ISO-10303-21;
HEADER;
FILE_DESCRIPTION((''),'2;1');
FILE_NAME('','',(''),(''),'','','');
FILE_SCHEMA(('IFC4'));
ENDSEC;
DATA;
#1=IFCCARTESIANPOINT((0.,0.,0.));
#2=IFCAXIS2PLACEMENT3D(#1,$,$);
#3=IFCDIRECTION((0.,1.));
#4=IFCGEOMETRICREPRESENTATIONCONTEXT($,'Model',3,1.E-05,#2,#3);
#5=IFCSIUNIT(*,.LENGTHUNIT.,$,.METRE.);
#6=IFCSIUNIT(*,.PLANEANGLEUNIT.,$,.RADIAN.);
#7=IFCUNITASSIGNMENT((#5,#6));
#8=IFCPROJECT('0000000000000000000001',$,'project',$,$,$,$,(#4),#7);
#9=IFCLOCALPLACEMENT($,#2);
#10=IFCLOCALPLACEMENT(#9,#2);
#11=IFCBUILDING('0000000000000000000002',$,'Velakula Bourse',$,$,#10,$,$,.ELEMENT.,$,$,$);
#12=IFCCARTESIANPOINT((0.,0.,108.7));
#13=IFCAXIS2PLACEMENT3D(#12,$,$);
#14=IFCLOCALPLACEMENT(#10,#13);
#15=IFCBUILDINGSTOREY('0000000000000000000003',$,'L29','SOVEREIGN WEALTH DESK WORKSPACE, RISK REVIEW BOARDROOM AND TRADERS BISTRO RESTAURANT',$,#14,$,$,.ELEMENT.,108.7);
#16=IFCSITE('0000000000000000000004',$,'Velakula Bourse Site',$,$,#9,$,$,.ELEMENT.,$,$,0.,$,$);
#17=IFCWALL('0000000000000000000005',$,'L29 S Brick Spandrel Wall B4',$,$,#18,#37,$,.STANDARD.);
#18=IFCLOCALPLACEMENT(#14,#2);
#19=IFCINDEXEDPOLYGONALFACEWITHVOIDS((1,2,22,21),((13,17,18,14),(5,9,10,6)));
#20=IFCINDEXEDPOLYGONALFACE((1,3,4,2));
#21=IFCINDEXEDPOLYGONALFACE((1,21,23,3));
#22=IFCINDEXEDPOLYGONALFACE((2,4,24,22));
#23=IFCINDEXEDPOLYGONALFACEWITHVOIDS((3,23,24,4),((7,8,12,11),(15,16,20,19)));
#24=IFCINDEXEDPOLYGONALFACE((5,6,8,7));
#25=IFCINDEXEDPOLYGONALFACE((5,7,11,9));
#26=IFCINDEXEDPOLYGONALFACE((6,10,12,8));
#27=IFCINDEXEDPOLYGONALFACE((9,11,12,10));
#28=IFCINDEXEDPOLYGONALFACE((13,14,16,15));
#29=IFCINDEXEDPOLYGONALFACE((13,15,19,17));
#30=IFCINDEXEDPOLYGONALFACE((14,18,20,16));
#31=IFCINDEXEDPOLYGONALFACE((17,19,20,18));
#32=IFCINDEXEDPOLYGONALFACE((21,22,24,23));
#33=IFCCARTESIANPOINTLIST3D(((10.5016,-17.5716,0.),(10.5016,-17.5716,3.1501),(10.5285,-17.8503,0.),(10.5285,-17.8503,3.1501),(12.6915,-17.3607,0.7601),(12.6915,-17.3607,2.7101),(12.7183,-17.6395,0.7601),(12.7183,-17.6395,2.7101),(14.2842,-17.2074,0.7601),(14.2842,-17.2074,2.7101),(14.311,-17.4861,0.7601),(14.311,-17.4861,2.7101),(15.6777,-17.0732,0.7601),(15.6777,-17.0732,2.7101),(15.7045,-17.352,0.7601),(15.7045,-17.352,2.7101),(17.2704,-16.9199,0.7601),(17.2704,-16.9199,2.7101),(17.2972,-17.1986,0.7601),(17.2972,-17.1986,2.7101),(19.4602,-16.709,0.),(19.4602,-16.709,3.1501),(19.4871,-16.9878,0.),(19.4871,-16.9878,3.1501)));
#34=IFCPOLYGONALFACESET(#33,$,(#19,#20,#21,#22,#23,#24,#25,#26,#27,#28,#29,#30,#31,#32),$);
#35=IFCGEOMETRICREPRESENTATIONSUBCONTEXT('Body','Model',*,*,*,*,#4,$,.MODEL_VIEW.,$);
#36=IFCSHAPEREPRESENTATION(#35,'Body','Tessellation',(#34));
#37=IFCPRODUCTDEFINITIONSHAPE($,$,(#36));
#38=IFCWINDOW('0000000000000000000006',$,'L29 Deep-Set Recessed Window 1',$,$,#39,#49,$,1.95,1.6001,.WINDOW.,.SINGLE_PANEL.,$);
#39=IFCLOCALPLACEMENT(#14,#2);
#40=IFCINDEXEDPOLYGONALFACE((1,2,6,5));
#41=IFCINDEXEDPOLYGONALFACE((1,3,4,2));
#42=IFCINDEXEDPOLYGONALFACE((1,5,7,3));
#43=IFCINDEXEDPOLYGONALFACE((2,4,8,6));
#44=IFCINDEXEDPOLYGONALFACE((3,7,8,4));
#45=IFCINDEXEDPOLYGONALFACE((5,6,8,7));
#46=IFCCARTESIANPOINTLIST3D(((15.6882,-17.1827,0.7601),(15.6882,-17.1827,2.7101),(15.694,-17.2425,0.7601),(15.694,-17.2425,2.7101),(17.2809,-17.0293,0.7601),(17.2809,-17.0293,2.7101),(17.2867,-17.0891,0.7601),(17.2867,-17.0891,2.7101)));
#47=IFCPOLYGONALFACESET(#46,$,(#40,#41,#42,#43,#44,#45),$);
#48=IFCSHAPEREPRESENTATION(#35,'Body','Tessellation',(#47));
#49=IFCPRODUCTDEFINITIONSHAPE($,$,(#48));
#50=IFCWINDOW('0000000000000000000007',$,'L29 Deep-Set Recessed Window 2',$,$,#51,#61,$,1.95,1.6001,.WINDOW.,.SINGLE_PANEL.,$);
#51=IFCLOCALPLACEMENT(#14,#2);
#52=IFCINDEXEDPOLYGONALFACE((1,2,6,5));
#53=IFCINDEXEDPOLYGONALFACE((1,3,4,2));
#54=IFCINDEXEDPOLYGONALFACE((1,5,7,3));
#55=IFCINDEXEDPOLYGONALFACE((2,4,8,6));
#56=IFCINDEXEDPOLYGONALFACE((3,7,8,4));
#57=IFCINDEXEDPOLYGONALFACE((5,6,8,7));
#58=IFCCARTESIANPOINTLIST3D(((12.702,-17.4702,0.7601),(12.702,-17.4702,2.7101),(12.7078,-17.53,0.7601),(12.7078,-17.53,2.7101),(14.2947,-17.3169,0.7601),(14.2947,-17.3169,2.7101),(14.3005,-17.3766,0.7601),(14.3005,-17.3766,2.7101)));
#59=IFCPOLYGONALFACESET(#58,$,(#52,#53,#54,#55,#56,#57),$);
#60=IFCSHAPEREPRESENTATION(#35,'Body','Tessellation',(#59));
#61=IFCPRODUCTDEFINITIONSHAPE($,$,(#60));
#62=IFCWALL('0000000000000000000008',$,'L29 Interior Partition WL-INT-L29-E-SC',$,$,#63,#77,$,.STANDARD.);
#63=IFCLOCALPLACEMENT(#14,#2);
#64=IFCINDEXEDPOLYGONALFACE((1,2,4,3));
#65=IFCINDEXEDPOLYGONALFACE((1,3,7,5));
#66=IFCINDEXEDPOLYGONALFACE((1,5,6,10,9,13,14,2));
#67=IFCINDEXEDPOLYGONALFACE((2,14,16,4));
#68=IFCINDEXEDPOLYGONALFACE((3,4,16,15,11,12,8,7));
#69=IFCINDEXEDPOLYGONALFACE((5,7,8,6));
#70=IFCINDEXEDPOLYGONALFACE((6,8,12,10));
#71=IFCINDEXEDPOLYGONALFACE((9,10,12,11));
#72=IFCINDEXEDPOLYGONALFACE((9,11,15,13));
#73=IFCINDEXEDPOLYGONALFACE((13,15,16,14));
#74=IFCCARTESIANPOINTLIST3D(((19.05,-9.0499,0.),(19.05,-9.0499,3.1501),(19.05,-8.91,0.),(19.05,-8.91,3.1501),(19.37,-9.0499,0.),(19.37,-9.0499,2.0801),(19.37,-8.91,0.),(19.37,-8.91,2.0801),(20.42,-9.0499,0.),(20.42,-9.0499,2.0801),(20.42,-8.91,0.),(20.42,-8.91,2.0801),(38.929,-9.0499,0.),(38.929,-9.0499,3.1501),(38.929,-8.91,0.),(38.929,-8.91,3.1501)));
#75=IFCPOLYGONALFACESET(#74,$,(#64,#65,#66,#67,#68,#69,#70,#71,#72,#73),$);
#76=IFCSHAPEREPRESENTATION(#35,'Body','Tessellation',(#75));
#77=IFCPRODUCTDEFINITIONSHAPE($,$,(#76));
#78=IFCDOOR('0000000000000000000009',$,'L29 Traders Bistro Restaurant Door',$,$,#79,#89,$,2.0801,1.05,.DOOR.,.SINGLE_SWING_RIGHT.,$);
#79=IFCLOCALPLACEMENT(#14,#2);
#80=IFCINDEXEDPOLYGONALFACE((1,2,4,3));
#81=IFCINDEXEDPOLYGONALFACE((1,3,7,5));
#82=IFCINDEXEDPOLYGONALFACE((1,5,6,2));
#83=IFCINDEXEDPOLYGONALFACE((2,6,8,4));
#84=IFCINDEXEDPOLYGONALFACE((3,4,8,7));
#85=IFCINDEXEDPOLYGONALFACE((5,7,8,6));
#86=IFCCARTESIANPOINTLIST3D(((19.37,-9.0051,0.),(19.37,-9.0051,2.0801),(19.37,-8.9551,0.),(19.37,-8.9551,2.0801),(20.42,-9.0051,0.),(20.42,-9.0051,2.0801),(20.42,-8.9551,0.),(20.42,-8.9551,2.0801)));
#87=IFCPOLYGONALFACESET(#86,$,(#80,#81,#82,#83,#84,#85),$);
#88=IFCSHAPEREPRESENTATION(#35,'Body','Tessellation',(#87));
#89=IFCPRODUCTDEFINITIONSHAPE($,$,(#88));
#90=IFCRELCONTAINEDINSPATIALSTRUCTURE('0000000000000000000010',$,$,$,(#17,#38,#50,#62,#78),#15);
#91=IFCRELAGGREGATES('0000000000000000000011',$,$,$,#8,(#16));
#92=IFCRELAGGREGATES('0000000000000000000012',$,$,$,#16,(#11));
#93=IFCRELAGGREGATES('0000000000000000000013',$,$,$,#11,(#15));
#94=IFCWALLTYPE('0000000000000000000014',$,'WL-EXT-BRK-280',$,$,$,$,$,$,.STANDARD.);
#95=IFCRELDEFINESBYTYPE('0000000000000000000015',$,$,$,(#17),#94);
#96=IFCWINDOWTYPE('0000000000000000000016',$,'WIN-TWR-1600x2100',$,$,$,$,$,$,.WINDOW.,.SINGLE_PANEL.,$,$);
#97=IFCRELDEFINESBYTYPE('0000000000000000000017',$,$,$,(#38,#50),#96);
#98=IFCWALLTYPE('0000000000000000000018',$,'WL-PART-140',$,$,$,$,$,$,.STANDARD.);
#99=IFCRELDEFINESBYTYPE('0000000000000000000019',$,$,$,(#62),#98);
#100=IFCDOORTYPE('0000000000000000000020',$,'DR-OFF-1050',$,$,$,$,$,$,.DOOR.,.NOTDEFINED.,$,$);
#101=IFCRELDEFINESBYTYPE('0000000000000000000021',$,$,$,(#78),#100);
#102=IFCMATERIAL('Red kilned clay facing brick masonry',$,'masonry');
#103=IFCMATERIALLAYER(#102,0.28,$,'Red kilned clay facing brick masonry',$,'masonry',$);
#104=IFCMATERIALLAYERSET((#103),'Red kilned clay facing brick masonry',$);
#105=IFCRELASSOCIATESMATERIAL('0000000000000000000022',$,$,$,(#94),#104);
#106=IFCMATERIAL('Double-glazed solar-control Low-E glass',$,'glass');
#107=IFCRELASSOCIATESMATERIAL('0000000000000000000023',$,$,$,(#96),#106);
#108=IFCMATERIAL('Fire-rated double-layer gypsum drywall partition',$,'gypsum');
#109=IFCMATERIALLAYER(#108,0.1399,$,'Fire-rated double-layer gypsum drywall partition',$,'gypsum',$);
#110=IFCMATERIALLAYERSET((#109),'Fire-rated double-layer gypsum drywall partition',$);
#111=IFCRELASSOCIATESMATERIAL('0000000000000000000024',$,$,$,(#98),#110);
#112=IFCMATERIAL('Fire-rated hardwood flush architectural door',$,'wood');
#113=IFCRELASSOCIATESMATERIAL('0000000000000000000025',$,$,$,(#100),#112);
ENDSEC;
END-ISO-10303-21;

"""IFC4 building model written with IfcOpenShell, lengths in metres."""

from ifc_helpers import new_model, si_unit, direction, frame, frame_2d, origin, place, context, subcontext, project, spatial, rectangle, extrude, material, layer, layer_set, type_object, element, fill, save


model = new_model("IFC4")

# Units and contexts
model_context = context("Model", 3, precision=1e-05, world=origin(), true_north=direction((0.0, 1.0)))
body_context = subcontext(model_context, "Body", "Model", "MODEL_VIEW")
ifc_project = project(units=[si_unit("LENGTHUNIT", "METRE"), si_unit("PLANEANGLEUNIT", "RADIAN")], contexts=[model_context])

# Site, building, storey
site_placement = place(None, origin())
site = spatial("IfcSite", under=ifc_project, at=site_placement, Name="Velakula Bourse Site", CompositionType="ELEMENT", RefElevation=0.0)
building_placement = place(site_placement, origin())
building = spatial("IfcBuilding", under=site, at=building_placement, Name="Velakula Bourse", CompositionType="ELEMENT")
storey_placement = place(building_placement, frame((0.0, 0.0, 108.7)))
storey = spatial("IfcBuildingStorey", under=building, at=storey_placement, Name="L29", Description="SOVEREIGN WEALTH DESK WORKSPACE, RISK REVIEW BOARDROOM AND TRADERS BISTRO RESTAURANT", CompositionType="ELEMENT", Elevation=108.7)

# Wall, openings, windows
ifc_material_1 = material(Name="Red kilned clay facing brick masonry", Category="masonry")
ifc_layer_1 = layer(ifc_material_1, 0.28, Name="Red kilned clay facing brick masonry", Category="masonry")
ifc_layer_set_1 = layer_set([ifc_layer_1], Name="Red kilned clay facing brick masonry")
wall_type_1 = type_object("IfcWallType", Name="WL-EXT-BRK-280", PredefinedType="STANDARD", material=ifc_layer_set_1)
wall_1_placement = place(storey_placement, frame((19.4736, -16.8484, 0.0), z_axis=(0.0, 0.0, 1.0), x_axis=(-0.995397, -0.09584, 0.0)))
wall_1 = element("IfcWall", 1, at=wall_1_placement, inside=storey, type_object=wall_type_1, Name="L29 S Brick Spandrel Wall B4", PredefinedType="STANDARD", context=body_context, shape_type="SweptSolid", body=[
    extrude(rectangle(XDim=9.0, YDim=0.28, at=frame_2d((4.5, 0.0))), origin(), (0.0, 0.0, 1.0), 3.1501),
])
opening_1_placement = place(wall_1_placement, frame((2.2, 0.0, 0.76)))
opening_1 = element("IfcOpeningElement", 2, at=opening_1_placement, cuts=wall_1, PredefinedType="OPENING", context=body_context, shape_type="SweptSolid", body=[
    extrude(rectangle(XDim=1.6001, YDim=1.95, at=frame_2d((0.8, 0.9751))), frame((0.0, 0.1499, 0.0), z_axis=(0.0, -1.0, 0.0), x_axis=(1.0, 0.0, 0.0)), (0.0, 0.0, 1.0), 0.3),
])
opening_2_placement = place(wall_1_placement, frame((5.2, 0.0, 0.76)))
opening_2 = element("IfcOpeningElement", 3, at=opening_2_placement, cuts=wall_1, PredefinedType="OPENING", context=body_context, shape_type="SweptSolid", body=[
    extrude(rectangle(XDim=1.6001, YDim=1.95, at=frame_2d((0.8, 0.9751))), frame((0.0, 0.1499, 0.0), z_axis=(0.0, -1.0, 0.0), x_axis=(1.0, 0.0, 0.0)), (0.0, 0.0, 1.0), 0.3),
])
ifc_material_2 = material(Name="Double-glazed solar-control Low-E glass", Category="glass")
window_type = type_object("IfcWindowType", Name="WIN-TWR-1600x2100", PartitioningType="SINGLE_PANEL", PredefinedType="WINDOW", material=ifc_material_2)
window_1_placement = place(opening_1_placement, origin())
window_1 = element("IfcWindow", 4, at=window_1_placement, inside=storey, type_object=window_type, Name="L29 Deep-Set Recessed Window 1", OverallHeight=1.95, OverallWidth=1.6001, PartitioningType="SINGLE_PANEL", PredefinedType="WINDOW", context=body_context, shape_type="SweptSolid", body=[
    extrude(rectangle(XDim=1.6001, YDim=1.95, at=frame_2d((0.8, 0.9751))), frame((0.0, 0.03, 0.0), z_axis=(0.0, -1.0, 0.0), x_axis=(1.0, 0.0, 0.0)), (0.0, 0.0, 1.0), 0.0601),
])
fill(opening_1, window_1)
window_2_placement = place(opening_2_placement, origin())
window_2 = element("IfcWindow", 5, at=window_2_placement, inside=storey, type_object=window_type, Name="L29 Deep-Set Recessed Window 2", OverallHeight=1.95, OverallWidth=1.6001, PartitioningType="SINGLE_PANEL", PredefinedType="WINDOW", context=body_context, shape_type="SweptSolid", body=[
    extrude(rectangle(XDim=1.6001, YDim=1.95, at=frame_2d((0.8, 0.9751))), frame((0.0, 0.03, 0.0), z_axis=(0.0, -1.0, 0.0), x_axis=(1.0, 0.0, 0.0)), (0.0, 0.0, 1.0), 0.0601),
])
fill(opening_2, window_2)

# Wall, opening, door
ifc_material_3 = material(Name="Fire-rated double-layer gypsum drywall partition", Category="gypsum")
ifc_layer_2 = layer(ifc_material_3, 0.1399, Name="Fire-rated double-layer gypsum drywall partition", Category="gypsum")
ifc_layer_set_2 = layer_set([ifc_layer_2], Name="Fire-rated double-layer gypsum drywall partition")
wall_type_2 = type_object("IfcWallType", Name="WL-PART-140", PredefinedType="STANDARD", material=ifc_layer_set_2)
wall_2_placement = place(storey_placement, frame((19.05, -8.98, 0.0), z_axis=(0.0, 0.0, 1.0), x_axis=(1.0, 0.0, 0.0)))
wall_2 = element("IfcWall", 6, at=wall_2_placement, inside=storey, type_object=wall_type_2, Name="L29 Interior Partition WL-INT-L29-E-SC", PredefinedType="STANDARD", context=body_context, shape_type="SweptSolid", body=[
    extrude(rectangle(XDim=19.8789, YDim=0.1399, at=frame_2d((9.9395, 0.0))), origin(), (0.0, 0.0, 1.0), 3.1501),
])
opening_3_placement = place(wall_2_placement, frame((0.3201, 0.0, 0.0)))
opening_3 = element("IfcOpeningElement", 7, at=opening_3_placement, cuts=wall_2, PredefinedType="OPENING", context=body_context, shape_type="SweptSolid", body=[
    extrude(rectangle(XDim=1.05, YDim=2.0801, at=frame_2d((0.5249, 1.04))), frame((0.0, 0.0798, 0.0), z_axis=(0.0, -1.0, 0.0), x_axis=(1.0, 0.0, 0.0)), (0.0, 0.0, 1.0), 0.1599),
])
ifc_material_4 = material(Name="Fire-rated hardwood flush architectural door", Category="wood")
door_type = type_object("IfcDoorType", Name="DR-OFF-1050", OperationType="NOTDEFINED", PredefinedType="DOOR", material=ifc_material_4)
door_placement = place(opening_3_placement, origin())
door = element("IfcDoor", 8, at=door_placement, inside=storey, type_object=door_type, Name="L29 Traders Bistro Restaurant Door", OperationType="SINGLE_SWING_RIGHT", OverallHeight=2.0801, OverallWidth=1.05, PredefinedType="DOOR", context=body_context, shape_type="SweptSolid", body=[
    extrude(rectangle(XDim=1.05, YDim=2.0801, at=frame_2d((0.5249, 1.04))), frame((0.0, 0.0249, 0.0), z_axis=(0.0, -1.0, 0.0), x_axis=(1.0, 0.0, 0.0)), (0.0, 0.0, 1.0), 0.05),
])
fill(opening_3, door)

save(model, "model.ifc")
